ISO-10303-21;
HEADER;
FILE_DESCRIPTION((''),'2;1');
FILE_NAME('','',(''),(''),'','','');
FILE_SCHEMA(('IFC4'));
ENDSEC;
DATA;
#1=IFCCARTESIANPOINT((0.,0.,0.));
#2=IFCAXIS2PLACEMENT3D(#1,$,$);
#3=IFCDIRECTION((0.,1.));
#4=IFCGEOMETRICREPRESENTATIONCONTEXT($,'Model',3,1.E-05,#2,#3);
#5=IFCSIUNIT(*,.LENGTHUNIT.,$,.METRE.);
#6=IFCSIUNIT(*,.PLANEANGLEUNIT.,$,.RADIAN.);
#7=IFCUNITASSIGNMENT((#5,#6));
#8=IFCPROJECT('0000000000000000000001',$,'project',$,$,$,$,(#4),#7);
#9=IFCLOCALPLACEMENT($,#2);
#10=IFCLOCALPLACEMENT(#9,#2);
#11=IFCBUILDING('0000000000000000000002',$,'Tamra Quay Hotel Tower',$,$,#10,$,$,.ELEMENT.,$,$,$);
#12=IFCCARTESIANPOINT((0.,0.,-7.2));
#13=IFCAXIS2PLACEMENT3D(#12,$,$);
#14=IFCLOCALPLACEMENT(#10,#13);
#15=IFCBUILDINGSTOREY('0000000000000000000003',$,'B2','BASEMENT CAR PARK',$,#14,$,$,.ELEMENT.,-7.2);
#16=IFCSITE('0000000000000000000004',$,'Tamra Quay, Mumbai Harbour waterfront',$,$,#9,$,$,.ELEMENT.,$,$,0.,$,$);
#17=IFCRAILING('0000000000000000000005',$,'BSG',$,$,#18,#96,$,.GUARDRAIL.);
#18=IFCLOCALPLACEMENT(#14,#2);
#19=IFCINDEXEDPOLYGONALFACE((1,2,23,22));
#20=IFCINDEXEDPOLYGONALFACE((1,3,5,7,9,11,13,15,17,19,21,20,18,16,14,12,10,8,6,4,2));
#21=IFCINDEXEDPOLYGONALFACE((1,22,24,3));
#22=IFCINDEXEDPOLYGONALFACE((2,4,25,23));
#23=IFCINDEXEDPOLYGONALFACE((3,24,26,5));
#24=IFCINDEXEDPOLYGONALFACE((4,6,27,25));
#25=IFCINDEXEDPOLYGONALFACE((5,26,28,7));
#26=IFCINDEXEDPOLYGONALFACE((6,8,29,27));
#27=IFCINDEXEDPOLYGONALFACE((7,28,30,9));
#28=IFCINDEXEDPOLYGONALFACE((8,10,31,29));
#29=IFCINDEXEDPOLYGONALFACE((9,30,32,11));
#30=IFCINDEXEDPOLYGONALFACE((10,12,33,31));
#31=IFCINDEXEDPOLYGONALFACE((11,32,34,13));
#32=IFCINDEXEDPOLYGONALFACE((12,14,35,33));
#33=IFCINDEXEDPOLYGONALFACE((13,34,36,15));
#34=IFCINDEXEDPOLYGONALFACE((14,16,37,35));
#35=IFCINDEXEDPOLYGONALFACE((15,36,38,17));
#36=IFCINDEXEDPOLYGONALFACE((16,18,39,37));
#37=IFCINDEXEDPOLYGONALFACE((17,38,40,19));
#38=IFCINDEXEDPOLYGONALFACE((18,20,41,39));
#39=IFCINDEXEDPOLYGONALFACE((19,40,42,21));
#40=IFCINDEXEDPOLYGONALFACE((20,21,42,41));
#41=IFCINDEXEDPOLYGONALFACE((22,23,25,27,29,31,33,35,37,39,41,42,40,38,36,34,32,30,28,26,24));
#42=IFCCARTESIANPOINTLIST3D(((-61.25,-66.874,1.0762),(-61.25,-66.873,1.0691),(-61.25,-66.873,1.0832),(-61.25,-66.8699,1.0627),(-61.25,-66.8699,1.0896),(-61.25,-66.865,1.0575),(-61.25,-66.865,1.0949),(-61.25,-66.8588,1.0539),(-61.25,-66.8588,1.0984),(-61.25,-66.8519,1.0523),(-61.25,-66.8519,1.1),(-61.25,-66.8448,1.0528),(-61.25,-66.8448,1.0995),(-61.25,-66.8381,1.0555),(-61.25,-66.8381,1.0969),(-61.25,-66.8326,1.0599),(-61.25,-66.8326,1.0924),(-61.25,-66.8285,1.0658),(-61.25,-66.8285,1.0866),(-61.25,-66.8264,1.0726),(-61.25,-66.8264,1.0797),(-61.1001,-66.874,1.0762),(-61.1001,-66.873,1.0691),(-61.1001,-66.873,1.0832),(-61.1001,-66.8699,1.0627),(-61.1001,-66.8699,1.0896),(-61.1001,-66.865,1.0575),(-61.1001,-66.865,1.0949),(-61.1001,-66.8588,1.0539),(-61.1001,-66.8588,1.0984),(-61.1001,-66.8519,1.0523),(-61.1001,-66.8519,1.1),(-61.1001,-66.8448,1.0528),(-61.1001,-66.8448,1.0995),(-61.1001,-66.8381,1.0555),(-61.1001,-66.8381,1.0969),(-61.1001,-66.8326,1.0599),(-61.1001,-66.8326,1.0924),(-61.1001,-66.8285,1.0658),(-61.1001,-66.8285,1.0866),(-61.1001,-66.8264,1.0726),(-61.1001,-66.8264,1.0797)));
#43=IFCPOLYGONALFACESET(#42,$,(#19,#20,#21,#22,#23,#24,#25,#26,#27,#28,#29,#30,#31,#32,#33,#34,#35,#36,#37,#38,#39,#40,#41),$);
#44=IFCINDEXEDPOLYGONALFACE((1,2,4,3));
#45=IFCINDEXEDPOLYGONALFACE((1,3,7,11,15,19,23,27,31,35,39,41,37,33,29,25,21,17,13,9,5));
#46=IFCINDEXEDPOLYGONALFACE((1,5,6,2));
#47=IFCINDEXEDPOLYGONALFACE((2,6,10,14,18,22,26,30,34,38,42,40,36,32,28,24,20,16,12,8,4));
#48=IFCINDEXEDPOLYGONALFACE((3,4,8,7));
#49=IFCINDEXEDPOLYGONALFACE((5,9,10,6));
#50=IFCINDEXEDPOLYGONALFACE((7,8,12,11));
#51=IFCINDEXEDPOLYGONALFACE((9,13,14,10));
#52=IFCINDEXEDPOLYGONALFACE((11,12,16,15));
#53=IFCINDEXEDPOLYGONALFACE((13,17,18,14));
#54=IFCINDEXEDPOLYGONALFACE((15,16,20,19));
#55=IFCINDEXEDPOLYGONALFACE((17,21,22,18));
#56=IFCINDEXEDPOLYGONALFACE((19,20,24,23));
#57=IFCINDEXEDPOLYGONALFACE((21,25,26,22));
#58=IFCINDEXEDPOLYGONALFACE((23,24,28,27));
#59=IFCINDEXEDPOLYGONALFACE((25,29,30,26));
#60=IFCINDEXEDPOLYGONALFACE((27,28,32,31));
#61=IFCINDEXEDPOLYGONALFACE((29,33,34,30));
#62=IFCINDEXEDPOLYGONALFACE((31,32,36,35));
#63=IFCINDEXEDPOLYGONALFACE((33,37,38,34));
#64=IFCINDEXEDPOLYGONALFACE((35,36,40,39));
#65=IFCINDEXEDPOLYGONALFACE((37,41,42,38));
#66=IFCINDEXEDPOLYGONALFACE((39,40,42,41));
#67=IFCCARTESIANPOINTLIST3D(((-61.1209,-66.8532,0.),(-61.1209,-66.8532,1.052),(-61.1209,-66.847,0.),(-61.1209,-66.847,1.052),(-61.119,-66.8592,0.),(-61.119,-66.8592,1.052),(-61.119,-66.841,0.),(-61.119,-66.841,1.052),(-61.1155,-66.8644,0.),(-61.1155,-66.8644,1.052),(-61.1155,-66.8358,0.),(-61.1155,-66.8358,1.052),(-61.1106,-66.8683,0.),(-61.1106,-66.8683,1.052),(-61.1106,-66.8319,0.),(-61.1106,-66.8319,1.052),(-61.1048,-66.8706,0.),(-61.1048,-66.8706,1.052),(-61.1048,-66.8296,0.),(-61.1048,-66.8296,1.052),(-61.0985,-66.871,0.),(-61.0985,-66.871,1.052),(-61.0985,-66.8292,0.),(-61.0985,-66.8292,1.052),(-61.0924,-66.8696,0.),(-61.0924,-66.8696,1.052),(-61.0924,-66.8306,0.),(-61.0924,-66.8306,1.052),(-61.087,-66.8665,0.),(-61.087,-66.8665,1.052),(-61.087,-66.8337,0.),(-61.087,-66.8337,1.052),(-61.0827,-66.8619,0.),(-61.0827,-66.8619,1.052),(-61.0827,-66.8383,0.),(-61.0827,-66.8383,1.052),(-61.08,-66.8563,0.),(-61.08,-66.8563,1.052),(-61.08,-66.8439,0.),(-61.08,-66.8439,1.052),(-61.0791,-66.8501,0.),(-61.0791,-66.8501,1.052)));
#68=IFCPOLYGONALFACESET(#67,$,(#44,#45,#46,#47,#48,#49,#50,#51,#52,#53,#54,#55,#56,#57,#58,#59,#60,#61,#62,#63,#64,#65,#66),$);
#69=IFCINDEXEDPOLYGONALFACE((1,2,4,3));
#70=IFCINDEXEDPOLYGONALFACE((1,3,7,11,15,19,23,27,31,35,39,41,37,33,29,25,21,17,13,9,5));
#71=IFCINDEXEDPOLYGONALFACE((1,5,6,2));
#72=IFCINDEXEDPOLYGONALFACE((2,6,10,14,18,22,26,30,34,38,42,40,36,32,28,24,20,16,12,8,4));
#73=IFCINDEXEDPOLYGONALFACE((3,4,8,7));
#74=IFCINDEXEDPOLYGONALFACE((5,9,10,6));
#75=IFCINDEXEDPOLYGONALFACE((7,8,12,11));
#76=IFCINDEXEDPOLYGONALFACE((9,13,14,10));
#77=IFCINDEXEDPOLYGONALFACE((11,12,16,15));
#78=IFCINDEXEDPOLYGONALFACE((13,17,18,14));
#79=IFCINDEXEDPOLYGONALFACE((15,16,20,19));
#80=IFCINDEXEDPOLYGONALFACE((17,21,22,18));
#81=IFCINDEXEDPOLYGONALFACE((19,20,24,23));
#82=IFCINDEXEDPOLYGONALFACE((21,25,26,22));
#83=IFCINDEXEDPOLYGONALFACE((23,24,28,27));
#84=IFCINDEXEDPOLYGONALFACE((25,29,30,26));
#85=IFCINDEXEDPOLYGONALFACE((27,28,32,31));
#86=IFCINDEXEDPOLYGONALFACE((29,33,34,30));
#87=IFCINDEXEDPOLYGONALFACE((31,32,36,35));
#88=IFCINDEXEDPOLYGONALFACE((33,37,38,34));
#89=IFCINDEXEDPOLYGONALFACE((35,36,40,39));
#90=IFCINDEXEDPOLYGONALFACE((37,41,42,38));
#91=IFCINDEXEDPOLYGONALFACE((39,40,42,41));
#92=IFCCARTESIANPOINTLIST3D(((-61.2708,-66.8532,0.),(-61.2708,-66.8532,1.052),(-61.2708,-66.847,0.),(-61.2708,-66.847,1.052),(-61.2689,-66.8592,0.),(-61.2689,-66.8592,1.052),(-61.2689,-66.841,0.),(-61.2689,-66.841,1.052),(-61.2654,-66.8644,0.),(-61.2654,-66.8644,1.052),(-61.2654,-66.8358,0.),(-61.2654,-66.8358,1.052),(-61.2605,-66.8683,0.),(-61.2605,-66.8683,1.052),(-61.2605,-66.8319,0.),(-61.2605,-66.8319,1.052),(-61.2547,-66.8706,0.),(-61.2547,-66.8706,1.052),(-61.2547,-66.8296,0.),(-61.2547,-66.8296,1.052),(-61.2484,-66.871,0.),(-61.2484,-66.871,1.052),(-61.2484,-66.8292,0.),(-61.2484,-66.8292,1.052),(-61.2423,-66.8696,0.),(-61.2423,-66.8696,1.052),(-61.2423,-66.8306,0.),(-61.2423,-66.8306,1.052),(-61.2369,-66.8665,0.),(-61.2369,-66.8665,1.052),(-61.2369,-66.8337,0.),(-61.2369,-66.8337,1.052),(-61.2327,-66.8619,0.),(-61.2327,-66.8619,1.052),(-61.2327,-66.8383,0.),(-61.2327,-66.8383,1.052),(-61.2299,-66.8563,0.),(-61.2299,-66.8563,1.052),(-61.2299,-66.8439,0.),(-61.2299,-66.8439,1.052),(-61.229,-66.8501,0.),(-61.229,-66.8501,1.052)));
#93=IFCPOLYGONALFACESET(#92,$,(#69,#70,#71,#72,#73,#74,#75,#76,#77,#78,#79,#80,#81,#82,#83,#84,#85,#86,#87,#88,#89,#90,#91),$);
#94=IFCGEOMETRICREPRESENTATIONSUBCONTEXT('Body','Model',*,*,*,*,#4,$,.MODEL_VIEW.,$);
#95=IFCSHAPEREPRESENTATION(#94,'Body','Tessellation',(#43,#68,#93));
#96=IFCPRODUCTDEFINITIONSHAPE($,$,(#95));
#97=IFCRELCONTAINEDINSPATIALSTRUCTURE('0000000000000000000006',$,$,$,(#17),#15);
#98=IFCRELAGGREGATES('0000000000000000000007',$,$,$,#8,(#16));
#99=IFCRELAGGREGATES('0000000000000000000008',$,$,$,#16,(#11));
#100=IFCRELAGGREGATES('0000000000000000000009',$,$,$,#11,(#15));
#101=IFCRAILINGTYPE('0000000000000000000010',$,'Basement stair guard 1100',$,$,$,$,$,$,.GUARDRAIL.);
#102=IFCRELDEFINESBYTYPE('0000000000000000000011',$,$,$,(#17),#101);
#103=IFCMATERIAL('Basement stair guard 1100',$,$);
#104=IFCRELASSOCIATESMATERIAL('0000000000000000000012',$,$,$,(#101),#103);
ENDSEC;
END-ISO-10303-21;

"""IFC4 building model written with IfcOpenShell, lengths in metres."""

from ifc_helpers import new_model, si_unit, direction, frame, origin, origin_2d, place, context, subcontext, project, spatial, circle, extrude, material, type_object, element, save


model = new_model("IFC4")

# Units and contexts
model_context = context("Model", 3, precision=1e-05, world=origin(), true_north=direction((0.0, 1.0)))
body_context = subcontext(model_context, "Body", "Model", "MODEL_VIEW")
ifc_project = project(units=[si_unit("LENGTHUNIT", "METRE"), si_unit("PLANEANGLEUNIT", "RADIAN")], contexts=[model_context])

# Site, building, storey
site_placement = place(None, origin())
site = spatial("IfcSite", under=ifc_project, at=site_placement, Name="Tamra Quay, Mumbai Harbour waterfront", CompositionType="ELEMENT", RefElevation=0.0)
building_placement = place(site_placement, origin())
building = spatial("IfcBuilding", under=site, at=building_placement, Name="Tamra Quay Hotel Tower", CompositionType="ELEMENT")
storey_placement = place(building_placement, frame((0.0, 0.0, -7.2)))
storey = spatial("IfcBuildingStorey", under=building, at=storey_placement, Name="B2", Description="BASEMENT CAR PARK", CompositionType="ELEMENT", Elevation=-7.2)

# Railing
ifc_material_1 = material(Name="Basement stair guard 1100")
railing_type_1 = type_object("IfcRailingType", Name="Basement stair guard 1100", PredefinedType="GUARDRAIL", material=ifc_material_1)
railing_1_placement = place(storey_placement, frame((-61.1001, -66.8501, 0.0)))
element("IfcRailing", 1, at=railing_1_placement, inside=storey, type_object=railing_type_1, Name="BSG", PredefinedType="GUARDRAIL", context=body_context, shape_type="SweptSolid", body=[
    extrude(circle(Radius=0.0239, at=origin_2d()), frame((0.0, 0.0, 1.0762), z_axis=(-1.0, 0.0, 0.0), x_axis=(0.0, -1.0, 0.0)), (0.0, 0.0, 1.0), 0.1499),
    extrude(circle(Radius=0.021, at=origin_2d()), origin(), (0.0, 0.0, 1.0), 1.052),
    extrude(circle(Radius=0.021, at=origin_2d()), frame((-0.1499, 0.0, 0.0)), (0.0, 0.0, 1.0), 1.052),
])

save(model, "model.ifc")
